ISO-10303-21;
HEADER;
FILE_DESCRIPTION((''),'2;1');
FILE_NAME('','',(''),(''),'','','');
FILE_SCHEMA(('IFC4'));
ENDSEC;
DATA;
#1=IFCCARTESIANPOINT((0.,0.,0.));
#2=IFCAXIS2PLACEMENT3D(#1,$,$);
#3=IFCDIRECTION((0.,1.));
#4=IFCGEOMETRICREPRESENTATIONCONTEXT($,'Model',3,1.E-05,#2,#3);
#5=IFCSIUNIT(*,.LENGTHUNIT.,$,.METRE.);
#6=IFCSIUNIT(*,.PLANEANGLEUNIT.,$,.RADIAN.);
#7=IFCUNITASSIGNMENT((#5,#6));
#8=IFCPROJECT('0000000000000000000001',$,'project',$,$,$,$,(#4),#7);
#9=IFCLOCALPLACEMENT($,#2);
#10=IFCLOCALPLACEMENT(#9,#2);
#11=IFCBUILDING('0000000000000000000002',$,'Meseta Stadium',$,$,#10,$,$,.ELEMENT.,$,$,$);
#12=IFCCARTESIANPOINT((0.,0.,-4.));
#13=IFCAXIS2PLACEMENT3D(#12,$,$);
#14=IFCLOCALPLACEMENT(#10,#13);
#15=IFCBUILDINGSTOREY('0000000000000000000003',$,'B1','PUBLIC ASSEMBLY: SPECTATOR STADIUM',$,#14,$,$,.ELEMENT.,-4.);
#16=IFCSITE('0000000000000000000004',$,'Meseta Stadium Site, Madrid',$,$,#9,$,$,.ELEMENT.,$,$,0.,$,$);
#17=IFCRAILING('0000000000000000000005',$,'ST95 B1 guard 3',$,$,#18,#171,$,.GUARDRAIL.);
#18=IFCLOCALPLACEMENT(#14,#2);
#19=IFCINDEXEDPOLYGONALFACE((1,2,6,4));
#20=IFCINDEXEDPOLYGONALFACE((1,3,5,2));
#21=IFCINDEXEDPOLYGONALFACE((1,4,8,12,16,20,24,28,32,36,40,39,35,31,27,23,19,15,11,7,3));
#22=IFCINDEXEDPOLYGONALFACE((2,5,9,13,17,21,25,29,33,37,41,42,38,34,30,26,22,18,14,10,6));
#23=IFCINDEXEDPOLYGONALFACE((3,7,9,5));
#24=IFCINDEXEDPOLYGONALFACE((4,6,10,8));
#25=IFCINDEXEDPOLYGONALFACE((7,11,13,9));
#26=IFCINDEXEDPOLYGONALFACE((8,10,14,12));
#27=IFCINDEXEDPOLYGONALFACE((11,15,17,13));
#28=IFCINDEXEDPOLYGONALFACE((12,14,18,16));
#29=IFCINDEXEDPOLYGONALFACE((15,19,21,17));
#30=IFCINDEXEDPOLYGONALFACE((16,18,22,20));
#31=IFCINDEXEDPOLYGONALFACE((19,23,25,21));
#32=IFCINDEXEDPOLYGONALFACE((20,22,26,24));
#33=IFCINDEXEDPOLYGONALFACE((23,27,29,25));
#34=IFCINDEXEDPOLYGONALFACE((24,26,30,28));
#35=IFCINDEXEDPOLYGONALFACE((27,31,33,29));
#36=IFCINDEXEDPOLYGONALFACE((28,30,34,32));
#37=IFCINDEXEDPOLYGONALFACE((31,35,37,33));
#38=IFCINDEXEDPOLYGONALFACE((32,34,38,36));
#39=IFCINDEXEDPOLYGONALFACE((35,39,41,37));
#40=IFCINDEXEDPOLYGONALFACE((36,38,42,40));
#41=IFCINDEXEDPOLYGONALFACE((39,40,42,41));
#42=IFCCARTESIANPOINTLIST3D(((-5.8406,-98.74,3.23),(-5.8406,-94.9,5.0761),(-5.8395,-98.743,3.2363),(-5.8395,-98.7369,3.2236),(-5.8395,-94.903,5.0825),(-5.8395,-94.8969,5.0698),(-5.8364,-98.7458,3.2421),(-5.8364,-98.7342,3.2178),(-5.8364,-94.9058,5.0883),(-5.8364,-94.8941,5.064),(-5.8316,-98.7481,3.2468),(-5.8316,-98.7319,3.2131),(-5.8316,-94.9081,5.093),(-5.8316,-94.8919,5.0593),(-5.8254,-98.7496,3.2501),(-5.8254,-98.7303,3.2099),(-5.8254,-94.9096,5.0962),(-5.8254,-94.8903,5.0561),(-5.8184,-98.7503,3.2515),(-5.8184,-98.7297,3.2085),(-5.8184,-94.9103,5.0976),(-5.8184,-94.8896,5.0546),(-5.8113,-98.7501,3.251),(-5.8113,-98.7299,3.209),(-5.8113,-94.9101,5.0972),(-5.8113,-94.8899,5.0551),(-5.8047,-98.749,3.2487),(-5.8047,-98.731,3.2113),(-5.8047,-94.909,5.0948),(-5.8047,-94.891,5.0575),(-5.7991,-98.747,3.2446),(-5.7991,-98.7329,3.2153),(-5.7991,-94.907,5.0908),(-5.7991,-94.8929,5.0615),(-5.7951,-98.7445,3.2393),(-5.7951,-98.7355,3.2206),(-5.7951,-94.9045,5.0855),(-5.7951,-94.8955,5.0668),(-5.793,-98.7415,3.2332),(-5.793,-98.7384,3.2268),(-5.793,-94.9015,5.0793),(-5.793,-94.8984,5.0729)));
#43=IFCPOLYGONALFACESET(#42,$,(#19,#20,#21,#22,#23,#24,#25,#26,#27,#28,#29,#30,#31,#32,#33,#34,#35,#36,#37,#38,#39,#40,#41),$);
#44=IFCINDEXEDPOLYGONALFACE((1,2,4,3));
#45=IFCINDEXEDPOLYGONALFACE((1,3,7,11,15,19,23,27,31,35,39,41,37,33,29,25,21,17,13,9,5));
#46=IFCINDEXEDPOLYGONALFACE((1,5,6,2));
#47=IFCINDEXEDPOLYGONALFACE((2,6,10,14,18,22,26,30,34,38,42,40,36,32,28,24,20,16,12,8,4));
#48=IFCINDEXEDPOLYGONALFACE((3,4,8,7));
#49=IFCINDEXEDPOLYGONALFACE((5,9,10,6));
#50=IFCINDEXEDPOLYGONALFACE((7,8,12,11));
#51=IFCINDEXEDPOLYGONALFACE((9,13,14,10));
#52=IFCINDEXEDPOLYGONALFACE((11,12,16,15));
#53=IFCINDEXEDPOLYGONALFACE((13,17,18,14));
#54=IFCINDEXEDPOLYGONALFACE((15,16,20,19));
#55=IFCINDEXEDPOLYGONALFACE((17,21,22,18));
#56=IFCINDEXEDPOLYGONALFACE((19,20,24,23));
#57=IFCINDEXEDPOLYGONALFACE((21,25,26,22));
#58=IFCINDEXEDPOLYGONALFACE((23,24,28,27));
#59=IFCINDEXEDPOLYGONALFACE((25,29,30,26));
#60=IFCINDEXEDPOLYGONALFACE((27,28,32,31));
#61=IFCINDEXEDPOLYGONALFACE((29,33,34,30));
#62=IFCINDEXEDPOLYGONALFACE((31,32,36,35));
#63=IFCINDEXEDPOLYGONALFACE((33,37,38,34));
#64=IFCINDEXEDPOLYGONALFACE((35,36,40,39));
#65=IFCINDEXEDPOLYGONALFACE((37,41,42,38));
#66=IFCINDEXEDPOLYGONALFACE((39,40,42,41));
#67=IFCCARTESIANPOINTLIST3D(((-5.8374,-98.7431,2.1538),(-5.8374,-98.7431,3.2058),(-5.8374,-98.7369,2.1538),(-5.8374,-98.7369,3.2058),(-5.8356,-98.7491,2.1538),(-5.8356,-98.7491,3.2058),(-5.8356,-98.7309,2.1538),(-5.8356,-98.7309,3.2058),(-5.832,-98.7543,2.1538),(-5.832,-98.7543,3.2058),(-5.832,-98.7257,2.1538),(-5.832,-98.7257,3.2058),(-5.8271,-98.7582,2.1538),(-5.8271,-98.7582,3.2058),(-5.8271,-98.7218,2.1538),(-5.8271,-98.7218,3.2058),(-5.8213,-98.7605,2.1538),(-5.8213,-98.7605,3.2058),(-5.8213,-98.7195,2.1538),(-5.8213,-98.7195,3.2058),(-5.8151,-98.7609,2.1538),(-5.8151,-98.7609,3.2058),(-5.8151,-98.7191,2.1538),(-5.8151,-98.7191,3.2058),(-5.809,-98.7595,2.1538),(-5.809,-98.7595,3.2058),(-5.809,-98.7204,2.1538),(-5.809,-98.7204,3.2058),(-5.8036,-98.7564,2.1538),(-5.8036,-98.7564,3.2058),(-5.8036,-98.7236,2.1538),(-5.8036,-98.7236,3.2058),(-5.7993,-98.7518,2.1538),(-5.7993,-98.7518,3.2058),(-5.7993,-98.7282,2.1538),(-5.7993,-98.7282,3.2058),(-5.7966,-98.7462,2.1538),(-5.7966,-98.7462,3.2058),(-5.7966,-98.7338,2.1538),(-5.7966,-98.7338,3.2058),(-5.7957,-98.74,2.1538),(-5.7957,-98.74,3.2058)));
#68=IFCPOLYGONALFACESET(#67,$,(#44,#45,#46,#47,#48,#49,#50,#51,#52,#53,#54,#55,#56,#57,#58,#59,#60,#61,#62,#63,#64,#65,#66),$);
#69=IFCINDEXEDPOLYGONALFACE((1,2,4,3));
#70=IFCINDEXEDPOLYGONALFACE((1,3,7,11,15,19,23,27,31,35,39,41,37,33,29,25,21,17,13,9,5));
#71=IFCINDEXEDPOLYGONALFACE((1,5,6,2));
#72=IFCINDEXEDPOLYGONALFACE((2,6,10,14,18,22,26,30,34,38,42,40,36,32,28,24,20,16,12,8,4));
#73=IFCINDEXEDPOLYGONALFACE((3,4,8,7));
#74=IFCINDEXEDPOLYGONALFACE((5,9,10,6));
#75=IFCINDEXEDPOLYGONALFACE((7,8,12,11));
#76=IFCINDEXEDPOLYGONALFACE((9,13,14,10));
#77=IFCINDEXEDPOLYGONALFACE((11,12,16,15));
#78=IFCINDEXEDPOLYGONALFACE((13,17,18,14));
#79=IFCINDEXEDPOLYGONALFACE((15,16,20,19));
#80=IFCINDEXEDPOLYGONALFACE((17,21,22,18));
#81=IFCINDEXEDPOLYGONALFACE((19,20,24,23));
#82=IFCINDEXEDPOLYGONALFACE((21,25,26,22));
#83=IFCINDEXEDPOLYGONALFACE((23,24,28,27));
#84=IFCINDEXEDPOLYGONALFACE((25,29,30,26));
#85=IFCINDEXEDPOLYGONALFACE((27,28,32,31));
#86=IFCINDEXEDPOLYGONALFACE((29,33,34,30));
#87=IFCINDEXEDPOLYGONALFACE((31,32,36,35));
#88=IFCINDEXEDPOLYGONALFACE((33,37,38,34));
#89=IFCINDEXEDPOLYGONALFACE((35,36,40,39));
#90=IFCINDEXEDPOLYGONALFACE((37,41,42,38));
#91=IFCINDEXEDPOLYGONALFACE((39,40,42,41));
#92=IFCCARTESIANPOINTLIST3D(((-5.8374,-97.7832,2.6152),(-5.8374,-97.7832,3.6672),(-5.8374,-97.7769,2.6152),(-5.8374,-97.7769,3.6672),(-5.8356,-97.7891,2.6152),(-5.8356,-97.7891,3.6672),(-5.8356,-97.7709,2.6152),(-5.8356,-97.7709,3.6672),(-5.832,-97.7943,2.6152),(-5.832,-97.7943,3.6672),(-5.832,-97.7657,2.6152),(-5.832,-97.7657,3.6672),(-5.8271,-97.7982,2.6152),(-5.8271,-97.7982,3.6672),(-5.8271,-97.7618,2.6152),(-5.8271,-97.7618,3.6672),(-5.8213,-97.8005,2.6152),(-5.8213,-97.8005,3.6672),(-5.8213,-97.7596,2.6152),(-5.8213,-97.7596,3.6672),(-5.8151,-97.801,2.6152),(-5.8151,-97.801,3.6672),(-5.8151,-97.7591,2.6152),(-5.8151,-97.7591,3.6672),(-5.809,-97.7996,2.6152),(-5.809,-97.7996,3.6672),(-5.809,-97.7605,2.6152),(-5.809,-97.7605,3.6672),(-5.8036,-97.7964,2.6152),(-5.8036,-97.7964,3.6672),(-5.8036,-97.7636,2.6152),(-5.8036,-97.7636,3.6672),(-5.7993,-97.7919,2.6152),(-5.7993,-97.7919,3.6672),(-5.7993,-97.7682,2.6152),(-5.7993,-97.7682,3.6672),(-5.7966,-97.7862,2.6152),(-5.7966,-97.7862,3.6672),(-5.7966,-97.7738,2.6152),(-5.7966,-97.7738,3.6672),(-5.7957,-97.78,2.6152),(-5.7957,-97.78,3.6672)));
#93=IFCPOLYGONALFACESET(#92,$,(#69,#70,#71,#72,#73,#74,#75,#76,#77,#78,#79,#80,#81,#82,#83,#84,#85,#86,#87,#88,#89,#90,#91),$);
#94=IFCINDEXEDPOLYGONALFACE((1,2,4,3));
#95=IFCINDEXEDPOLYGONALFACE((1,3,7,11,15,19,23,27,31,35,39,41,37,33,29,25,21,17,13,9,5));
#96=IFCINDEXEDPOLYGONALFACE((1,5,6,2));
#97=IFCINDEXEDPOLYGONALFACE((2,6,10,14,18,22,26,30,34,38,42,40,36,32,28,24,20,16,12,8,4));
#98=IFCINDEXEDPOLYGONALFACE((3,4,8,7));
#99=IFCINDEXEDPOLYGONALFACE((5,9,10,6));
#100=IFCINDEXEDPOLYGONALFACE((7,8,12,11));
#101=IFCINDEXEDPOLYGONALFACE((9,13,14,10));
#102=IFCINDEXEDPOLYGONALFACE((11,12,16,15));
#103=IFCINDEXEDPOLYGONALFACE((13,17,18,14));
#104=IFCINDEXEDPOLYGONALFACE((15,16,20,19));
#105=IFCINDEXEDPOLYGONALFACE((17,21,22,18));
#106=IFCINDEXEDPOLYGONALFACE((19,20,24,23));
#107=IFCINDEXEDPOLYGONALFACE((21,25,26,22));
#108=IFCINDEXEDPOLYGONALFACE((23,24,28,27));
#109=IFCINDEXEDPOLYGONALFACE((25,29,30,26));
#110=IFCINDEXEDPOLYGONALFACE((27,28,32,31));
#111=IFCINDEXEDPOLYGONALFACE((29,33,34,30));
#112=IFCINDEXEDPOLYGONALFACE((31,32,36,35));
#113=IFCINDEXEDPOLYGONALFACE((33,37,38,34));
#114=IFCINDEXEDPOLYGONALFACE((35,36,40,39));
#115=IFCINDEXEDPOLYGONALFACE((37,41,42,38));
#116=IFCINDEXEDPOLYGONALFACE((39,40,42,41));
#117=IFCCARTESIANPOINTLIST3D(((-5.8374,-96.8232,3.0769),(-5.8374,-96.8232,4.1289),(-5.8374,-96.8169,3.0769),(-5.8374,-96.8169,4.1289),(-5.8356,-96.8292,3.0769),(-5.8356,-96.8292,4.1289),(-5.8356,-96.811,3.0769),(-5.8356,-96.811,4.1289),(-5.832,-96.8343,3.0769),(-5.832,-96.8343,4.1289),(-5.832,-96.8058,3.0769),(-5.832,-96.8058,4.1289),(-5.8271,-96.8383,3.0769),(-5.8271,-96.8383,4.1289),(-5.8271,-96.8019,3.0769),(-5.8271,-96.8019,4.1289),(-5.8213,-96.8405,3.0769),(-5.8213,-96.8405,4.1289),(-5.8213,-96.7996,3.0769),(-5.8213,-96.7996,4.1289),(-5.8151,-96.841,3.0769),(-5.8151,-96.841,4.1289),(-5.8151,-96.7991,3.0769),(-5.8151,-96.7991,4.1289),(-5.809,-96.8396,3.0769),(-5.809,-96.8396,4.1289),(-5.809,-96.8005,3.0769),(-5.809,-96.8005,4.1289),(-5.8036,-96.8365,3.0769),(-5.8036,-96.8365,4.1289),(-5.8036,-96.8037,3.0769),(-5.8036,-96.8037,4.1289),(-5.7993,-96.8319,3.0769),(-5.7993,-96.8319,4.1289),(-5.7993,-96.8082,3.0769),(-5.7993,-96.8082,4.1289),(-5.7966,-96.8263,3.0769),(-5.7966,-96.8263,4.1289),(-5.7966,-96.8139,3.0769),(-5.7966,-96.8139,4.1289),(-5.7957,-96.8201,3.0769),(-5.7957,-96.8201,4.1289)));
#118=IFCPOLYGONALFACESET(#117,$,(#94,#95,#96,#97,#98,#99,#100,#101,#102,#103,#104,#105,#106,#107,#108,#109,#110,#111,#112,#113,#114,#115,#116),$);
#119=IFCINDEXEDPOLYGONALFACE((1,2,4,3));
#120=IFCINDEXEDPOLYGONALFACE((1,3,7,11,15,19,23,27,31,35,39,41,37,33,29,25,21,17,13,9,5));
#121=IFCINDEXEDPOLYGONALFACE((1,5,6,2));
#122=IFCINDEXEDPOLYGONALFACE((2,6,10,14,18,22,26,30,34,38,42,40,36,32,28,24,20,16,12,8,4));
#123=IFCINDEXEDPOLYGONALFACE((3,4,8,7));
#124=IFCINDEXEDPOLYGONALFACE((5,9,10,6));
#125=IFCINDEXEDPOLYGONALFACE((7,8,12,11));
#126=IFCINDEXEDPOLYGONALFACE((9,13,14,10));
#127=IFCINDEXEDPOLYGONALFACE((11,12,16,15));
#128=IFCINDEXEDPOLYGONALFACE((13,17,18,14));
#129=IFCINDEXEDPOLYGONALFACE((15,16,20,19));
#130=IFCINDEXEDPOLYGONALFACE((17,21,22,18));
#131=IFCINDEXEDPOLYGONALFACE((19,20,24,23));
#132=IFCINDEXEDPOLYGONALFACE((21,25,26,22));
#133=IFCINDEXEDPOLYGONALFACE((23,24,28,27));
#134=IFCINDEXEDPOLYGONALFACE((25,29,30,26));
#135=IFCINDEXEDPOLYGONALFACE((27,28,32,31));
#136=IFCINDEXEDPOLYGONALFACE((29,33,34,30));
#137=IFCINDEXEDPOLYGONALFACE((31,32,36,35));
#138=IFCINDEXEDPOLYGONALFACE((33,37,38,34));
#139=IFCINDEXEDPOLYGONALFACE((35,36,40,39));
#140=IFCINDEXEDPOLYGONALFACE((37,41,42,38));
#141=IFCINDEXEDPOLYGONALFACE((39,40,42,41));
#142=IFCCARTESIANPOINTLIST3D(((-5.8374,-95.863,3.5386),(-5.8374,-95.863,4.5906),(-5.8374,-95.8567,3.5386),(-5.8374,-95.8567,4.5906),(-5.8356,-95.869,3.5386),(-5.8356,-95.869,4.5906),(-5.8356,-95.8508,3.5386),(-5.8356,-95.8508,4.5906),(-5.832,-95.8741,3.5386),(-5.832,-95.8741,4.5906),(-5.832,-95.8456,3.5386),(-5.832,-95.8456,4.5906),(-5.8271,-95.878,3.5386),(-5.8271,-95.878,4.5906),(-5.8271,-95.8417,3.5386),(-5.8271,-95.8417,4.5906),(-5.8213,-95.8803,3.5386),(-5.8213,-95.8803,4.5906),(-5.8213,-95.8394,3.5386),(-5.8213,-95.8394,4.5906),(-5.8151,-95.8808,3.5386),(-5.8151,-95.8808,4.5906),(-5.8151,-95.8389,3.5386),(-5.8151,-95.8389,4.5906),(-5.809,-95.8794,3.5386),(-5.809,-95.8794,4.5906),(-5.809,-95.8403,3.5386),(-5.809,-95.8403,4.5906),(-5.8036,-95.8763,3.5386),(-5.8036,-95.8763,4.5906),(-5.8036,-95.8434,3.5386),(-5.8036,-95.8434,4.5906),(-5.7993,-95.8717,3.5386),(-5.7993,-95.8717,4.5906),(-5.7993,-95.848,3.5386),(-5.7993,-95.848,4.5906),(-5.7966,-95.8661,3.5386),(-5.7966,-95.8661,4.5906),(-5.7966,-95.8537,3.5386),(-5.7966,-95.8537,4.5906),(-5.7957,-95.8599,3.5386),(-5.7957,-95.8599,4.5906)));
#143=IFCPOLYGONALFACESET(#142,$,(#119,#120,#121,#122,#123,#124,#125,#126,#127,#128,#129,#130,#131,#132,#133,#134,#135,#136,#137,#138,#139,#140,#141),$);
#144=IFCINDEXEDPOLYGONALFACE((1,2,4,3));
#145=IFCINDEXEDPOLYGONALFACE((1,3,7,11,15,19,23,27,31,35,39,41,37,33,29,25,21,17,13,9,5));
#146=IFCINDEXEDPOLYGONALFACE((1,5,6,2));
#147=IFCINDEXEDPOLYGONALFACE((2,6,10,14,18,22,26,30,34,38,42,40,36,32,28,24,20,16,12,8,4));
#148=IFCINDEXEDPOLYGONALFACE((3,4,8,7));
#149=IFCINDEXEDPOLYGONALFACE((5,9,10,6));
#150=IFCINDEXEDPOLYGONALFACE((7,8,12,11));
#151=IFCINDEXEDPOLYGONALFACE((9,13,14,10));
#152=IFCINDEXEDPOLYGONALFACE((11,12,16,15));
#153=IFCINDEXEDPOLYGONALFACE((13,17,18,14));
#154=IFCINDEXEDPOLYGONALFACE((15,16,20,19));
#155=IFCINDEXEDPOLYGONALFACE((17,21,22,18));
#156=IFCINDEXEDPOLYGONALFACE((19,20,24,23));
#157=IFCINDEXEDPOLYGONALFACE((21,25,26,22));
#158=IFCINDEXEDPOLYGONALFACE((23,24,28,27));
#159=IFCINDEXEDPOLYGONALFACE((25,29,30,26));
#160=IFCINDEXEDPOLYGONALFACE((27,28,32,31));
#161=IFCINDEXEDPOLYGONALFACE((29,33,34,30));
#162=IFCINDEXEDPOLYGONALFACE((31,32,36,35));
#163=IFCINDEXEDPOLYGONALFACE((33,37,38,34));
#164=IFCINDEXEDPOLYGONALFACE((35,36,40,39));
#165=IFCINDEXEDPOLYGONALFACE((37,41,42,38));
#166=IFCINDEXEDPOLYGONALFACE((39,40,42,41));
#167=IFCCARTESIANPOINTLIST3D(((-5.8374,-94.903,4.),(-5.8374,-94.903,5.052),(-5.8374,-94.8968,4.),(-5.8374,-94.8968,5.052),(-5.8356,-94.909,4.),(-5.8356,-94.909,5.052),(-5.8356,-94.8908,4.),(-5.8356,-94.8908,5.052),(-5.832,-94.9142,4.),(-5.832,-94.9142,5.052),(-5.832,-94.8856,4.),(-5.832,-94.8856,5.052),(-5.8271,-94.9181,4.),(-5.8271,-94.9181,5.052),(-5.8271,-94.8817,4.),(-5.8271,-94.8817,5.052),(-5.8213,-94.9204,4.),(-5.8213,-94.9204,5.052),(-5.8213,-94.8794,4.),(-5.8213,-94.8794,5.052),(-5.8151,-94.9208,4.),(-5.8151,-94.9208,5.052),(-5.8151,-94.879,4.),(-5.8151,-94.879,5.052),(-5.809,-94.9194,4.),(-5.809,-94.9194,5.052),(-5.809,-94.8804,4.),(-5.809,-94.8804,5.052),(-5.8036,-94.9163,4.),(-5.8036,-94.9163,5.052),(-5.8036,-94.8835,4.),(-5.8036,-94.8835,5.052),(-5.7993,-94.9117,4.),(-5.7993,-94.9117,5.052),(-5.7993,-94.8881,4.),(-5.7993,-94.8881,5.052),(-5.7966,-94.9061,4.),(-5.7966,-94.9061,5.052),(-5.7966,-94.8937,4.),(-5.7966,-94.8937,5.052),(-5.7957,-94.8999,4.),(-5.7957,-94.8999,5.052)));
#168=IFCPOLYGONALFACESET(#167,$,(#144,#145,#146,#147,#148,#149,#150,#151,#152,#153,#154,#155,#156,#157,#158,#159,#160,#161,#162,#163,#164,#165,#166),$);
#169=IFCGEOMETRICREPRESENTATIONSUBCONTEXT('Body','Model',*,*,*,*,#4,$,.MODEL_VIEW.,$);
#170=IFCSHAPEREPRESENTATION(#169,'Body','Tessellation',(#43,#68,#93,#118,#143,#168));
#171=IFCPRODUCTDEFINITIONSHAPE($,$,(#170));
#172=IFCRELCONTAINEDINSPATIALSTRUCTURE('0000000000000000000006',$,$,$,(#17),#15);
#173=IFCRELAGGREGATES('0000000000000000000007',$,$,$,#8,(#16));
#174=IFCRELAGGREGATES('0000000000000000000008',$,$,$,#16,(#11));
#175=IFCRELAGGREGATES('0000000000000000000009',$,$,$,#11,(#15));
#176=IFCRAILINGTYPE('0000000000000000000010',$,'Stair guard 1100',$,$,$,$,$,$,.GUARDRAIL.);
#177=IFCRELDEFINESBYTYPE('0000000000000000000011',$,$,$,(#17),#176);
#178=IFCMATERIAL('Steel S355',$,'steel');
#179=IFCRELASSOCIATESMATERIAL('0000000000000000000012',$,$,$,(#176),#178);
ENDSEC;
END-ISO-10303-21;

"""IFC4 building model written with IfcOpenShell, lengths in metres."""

from ifc_helpers import new_model, si_unit, direction, frame, origin, origin_2d, place, context, subcontext, project, spatial, circle, extrude, material, type_object, element, save


model = new_model("IFC4")

# Units and contexts
model_context = context("Model", 3, precision=1e-05, world=origin(), true_north=direction((0.0, 1.0)))
body_context = subcontext(model_context, "Body", "Model", "MODEL_VIEW")
ifc_project = project(units=[si_unit("LENGTHUNIT", "METRE"), si_unit("PLANEANGLEUNIT", "RADIAN")], contexts=[model_context])

# Site, building, storey
site_placement = place(None, origin())
site = spatial("IfcSite", under=ifc_project, at=site_placement, Name="Meseta Stadium Site, Madrid", CompositionType="ELEMENT", RefElevation=0.0)
building_placement = place(site_placement, origin())
building = spatial("IfcBuilding", under=site, at=building_placement, Name="Meseta Stadium", CompositionType="ELEMENT")
storey_placement = place(building_placement, frame((0.0, 0.0, -4.0)))
storey = spatial("IfcBuildingStorey", under=building, at=storey_placement, Name="B1", Description="PUBLIC ASSEMBLY: SPECTATOR STADIUM", CompositionType="ELEMENT", Elevation=-4.0)

# Railing
ifc_material_1 = material(Name="Steel S355", Category="steel")
railing_type_1 = type_object("IfcRailingType", Name="Stair guard 1100", PredefinedType="GUARDRAIL", material=ifc_material_1)
railing_1_placement = place(storey_placement, frame((-5.8167, -98.74, 2.1538)))
element("IfcRailing", 1, at=railing_1_placement, inside=storey, type_object=railing_type_1, Name="ST95 B1 guard 3", PredefinedType="GUARDRAIL", context=body_context, shape_type="SweptSolid", body=[
    extrude(circle(Radius=0.0239, at=origin_2d()), frame((0.0, 0.0, 1.0762), z_axis=(0.0, 0.901253, 0.433294), x_axis=(-1.0, 0.0, 0.0)), (0.0, 0.0, 1.0), 4.2607),
    extrude(circle(Radius=0.021, at=origin_2d()), origin(), (0.0, 0.0, 1.0), 1.052),
    extrude(circle(Radius=0.021, at=origin_2d()), frame((0.0, 0.96, 0.4614)), (0.0, 0.0, 1.0), 1.052),
    extrude(circle(Radius=0.021, at=origin_2d()), frame((0.0, 1.9199, 0.9231)), (0.0, 0.0, 1.0), 1.052),
    extrude(circle(Radius=0.021, at=origin_2d()), frame((0.0, 2.8801, 1.3848)), (0.0, 0.0, 1.0), 1.052),
    extrude(circle(Radius=0.021, at=origin_2d()), frame((0.0, 3.8401, 1.8462)), (0.0, 0.0, 1.0), 1.052),
])

save(model, "model.ifc")
